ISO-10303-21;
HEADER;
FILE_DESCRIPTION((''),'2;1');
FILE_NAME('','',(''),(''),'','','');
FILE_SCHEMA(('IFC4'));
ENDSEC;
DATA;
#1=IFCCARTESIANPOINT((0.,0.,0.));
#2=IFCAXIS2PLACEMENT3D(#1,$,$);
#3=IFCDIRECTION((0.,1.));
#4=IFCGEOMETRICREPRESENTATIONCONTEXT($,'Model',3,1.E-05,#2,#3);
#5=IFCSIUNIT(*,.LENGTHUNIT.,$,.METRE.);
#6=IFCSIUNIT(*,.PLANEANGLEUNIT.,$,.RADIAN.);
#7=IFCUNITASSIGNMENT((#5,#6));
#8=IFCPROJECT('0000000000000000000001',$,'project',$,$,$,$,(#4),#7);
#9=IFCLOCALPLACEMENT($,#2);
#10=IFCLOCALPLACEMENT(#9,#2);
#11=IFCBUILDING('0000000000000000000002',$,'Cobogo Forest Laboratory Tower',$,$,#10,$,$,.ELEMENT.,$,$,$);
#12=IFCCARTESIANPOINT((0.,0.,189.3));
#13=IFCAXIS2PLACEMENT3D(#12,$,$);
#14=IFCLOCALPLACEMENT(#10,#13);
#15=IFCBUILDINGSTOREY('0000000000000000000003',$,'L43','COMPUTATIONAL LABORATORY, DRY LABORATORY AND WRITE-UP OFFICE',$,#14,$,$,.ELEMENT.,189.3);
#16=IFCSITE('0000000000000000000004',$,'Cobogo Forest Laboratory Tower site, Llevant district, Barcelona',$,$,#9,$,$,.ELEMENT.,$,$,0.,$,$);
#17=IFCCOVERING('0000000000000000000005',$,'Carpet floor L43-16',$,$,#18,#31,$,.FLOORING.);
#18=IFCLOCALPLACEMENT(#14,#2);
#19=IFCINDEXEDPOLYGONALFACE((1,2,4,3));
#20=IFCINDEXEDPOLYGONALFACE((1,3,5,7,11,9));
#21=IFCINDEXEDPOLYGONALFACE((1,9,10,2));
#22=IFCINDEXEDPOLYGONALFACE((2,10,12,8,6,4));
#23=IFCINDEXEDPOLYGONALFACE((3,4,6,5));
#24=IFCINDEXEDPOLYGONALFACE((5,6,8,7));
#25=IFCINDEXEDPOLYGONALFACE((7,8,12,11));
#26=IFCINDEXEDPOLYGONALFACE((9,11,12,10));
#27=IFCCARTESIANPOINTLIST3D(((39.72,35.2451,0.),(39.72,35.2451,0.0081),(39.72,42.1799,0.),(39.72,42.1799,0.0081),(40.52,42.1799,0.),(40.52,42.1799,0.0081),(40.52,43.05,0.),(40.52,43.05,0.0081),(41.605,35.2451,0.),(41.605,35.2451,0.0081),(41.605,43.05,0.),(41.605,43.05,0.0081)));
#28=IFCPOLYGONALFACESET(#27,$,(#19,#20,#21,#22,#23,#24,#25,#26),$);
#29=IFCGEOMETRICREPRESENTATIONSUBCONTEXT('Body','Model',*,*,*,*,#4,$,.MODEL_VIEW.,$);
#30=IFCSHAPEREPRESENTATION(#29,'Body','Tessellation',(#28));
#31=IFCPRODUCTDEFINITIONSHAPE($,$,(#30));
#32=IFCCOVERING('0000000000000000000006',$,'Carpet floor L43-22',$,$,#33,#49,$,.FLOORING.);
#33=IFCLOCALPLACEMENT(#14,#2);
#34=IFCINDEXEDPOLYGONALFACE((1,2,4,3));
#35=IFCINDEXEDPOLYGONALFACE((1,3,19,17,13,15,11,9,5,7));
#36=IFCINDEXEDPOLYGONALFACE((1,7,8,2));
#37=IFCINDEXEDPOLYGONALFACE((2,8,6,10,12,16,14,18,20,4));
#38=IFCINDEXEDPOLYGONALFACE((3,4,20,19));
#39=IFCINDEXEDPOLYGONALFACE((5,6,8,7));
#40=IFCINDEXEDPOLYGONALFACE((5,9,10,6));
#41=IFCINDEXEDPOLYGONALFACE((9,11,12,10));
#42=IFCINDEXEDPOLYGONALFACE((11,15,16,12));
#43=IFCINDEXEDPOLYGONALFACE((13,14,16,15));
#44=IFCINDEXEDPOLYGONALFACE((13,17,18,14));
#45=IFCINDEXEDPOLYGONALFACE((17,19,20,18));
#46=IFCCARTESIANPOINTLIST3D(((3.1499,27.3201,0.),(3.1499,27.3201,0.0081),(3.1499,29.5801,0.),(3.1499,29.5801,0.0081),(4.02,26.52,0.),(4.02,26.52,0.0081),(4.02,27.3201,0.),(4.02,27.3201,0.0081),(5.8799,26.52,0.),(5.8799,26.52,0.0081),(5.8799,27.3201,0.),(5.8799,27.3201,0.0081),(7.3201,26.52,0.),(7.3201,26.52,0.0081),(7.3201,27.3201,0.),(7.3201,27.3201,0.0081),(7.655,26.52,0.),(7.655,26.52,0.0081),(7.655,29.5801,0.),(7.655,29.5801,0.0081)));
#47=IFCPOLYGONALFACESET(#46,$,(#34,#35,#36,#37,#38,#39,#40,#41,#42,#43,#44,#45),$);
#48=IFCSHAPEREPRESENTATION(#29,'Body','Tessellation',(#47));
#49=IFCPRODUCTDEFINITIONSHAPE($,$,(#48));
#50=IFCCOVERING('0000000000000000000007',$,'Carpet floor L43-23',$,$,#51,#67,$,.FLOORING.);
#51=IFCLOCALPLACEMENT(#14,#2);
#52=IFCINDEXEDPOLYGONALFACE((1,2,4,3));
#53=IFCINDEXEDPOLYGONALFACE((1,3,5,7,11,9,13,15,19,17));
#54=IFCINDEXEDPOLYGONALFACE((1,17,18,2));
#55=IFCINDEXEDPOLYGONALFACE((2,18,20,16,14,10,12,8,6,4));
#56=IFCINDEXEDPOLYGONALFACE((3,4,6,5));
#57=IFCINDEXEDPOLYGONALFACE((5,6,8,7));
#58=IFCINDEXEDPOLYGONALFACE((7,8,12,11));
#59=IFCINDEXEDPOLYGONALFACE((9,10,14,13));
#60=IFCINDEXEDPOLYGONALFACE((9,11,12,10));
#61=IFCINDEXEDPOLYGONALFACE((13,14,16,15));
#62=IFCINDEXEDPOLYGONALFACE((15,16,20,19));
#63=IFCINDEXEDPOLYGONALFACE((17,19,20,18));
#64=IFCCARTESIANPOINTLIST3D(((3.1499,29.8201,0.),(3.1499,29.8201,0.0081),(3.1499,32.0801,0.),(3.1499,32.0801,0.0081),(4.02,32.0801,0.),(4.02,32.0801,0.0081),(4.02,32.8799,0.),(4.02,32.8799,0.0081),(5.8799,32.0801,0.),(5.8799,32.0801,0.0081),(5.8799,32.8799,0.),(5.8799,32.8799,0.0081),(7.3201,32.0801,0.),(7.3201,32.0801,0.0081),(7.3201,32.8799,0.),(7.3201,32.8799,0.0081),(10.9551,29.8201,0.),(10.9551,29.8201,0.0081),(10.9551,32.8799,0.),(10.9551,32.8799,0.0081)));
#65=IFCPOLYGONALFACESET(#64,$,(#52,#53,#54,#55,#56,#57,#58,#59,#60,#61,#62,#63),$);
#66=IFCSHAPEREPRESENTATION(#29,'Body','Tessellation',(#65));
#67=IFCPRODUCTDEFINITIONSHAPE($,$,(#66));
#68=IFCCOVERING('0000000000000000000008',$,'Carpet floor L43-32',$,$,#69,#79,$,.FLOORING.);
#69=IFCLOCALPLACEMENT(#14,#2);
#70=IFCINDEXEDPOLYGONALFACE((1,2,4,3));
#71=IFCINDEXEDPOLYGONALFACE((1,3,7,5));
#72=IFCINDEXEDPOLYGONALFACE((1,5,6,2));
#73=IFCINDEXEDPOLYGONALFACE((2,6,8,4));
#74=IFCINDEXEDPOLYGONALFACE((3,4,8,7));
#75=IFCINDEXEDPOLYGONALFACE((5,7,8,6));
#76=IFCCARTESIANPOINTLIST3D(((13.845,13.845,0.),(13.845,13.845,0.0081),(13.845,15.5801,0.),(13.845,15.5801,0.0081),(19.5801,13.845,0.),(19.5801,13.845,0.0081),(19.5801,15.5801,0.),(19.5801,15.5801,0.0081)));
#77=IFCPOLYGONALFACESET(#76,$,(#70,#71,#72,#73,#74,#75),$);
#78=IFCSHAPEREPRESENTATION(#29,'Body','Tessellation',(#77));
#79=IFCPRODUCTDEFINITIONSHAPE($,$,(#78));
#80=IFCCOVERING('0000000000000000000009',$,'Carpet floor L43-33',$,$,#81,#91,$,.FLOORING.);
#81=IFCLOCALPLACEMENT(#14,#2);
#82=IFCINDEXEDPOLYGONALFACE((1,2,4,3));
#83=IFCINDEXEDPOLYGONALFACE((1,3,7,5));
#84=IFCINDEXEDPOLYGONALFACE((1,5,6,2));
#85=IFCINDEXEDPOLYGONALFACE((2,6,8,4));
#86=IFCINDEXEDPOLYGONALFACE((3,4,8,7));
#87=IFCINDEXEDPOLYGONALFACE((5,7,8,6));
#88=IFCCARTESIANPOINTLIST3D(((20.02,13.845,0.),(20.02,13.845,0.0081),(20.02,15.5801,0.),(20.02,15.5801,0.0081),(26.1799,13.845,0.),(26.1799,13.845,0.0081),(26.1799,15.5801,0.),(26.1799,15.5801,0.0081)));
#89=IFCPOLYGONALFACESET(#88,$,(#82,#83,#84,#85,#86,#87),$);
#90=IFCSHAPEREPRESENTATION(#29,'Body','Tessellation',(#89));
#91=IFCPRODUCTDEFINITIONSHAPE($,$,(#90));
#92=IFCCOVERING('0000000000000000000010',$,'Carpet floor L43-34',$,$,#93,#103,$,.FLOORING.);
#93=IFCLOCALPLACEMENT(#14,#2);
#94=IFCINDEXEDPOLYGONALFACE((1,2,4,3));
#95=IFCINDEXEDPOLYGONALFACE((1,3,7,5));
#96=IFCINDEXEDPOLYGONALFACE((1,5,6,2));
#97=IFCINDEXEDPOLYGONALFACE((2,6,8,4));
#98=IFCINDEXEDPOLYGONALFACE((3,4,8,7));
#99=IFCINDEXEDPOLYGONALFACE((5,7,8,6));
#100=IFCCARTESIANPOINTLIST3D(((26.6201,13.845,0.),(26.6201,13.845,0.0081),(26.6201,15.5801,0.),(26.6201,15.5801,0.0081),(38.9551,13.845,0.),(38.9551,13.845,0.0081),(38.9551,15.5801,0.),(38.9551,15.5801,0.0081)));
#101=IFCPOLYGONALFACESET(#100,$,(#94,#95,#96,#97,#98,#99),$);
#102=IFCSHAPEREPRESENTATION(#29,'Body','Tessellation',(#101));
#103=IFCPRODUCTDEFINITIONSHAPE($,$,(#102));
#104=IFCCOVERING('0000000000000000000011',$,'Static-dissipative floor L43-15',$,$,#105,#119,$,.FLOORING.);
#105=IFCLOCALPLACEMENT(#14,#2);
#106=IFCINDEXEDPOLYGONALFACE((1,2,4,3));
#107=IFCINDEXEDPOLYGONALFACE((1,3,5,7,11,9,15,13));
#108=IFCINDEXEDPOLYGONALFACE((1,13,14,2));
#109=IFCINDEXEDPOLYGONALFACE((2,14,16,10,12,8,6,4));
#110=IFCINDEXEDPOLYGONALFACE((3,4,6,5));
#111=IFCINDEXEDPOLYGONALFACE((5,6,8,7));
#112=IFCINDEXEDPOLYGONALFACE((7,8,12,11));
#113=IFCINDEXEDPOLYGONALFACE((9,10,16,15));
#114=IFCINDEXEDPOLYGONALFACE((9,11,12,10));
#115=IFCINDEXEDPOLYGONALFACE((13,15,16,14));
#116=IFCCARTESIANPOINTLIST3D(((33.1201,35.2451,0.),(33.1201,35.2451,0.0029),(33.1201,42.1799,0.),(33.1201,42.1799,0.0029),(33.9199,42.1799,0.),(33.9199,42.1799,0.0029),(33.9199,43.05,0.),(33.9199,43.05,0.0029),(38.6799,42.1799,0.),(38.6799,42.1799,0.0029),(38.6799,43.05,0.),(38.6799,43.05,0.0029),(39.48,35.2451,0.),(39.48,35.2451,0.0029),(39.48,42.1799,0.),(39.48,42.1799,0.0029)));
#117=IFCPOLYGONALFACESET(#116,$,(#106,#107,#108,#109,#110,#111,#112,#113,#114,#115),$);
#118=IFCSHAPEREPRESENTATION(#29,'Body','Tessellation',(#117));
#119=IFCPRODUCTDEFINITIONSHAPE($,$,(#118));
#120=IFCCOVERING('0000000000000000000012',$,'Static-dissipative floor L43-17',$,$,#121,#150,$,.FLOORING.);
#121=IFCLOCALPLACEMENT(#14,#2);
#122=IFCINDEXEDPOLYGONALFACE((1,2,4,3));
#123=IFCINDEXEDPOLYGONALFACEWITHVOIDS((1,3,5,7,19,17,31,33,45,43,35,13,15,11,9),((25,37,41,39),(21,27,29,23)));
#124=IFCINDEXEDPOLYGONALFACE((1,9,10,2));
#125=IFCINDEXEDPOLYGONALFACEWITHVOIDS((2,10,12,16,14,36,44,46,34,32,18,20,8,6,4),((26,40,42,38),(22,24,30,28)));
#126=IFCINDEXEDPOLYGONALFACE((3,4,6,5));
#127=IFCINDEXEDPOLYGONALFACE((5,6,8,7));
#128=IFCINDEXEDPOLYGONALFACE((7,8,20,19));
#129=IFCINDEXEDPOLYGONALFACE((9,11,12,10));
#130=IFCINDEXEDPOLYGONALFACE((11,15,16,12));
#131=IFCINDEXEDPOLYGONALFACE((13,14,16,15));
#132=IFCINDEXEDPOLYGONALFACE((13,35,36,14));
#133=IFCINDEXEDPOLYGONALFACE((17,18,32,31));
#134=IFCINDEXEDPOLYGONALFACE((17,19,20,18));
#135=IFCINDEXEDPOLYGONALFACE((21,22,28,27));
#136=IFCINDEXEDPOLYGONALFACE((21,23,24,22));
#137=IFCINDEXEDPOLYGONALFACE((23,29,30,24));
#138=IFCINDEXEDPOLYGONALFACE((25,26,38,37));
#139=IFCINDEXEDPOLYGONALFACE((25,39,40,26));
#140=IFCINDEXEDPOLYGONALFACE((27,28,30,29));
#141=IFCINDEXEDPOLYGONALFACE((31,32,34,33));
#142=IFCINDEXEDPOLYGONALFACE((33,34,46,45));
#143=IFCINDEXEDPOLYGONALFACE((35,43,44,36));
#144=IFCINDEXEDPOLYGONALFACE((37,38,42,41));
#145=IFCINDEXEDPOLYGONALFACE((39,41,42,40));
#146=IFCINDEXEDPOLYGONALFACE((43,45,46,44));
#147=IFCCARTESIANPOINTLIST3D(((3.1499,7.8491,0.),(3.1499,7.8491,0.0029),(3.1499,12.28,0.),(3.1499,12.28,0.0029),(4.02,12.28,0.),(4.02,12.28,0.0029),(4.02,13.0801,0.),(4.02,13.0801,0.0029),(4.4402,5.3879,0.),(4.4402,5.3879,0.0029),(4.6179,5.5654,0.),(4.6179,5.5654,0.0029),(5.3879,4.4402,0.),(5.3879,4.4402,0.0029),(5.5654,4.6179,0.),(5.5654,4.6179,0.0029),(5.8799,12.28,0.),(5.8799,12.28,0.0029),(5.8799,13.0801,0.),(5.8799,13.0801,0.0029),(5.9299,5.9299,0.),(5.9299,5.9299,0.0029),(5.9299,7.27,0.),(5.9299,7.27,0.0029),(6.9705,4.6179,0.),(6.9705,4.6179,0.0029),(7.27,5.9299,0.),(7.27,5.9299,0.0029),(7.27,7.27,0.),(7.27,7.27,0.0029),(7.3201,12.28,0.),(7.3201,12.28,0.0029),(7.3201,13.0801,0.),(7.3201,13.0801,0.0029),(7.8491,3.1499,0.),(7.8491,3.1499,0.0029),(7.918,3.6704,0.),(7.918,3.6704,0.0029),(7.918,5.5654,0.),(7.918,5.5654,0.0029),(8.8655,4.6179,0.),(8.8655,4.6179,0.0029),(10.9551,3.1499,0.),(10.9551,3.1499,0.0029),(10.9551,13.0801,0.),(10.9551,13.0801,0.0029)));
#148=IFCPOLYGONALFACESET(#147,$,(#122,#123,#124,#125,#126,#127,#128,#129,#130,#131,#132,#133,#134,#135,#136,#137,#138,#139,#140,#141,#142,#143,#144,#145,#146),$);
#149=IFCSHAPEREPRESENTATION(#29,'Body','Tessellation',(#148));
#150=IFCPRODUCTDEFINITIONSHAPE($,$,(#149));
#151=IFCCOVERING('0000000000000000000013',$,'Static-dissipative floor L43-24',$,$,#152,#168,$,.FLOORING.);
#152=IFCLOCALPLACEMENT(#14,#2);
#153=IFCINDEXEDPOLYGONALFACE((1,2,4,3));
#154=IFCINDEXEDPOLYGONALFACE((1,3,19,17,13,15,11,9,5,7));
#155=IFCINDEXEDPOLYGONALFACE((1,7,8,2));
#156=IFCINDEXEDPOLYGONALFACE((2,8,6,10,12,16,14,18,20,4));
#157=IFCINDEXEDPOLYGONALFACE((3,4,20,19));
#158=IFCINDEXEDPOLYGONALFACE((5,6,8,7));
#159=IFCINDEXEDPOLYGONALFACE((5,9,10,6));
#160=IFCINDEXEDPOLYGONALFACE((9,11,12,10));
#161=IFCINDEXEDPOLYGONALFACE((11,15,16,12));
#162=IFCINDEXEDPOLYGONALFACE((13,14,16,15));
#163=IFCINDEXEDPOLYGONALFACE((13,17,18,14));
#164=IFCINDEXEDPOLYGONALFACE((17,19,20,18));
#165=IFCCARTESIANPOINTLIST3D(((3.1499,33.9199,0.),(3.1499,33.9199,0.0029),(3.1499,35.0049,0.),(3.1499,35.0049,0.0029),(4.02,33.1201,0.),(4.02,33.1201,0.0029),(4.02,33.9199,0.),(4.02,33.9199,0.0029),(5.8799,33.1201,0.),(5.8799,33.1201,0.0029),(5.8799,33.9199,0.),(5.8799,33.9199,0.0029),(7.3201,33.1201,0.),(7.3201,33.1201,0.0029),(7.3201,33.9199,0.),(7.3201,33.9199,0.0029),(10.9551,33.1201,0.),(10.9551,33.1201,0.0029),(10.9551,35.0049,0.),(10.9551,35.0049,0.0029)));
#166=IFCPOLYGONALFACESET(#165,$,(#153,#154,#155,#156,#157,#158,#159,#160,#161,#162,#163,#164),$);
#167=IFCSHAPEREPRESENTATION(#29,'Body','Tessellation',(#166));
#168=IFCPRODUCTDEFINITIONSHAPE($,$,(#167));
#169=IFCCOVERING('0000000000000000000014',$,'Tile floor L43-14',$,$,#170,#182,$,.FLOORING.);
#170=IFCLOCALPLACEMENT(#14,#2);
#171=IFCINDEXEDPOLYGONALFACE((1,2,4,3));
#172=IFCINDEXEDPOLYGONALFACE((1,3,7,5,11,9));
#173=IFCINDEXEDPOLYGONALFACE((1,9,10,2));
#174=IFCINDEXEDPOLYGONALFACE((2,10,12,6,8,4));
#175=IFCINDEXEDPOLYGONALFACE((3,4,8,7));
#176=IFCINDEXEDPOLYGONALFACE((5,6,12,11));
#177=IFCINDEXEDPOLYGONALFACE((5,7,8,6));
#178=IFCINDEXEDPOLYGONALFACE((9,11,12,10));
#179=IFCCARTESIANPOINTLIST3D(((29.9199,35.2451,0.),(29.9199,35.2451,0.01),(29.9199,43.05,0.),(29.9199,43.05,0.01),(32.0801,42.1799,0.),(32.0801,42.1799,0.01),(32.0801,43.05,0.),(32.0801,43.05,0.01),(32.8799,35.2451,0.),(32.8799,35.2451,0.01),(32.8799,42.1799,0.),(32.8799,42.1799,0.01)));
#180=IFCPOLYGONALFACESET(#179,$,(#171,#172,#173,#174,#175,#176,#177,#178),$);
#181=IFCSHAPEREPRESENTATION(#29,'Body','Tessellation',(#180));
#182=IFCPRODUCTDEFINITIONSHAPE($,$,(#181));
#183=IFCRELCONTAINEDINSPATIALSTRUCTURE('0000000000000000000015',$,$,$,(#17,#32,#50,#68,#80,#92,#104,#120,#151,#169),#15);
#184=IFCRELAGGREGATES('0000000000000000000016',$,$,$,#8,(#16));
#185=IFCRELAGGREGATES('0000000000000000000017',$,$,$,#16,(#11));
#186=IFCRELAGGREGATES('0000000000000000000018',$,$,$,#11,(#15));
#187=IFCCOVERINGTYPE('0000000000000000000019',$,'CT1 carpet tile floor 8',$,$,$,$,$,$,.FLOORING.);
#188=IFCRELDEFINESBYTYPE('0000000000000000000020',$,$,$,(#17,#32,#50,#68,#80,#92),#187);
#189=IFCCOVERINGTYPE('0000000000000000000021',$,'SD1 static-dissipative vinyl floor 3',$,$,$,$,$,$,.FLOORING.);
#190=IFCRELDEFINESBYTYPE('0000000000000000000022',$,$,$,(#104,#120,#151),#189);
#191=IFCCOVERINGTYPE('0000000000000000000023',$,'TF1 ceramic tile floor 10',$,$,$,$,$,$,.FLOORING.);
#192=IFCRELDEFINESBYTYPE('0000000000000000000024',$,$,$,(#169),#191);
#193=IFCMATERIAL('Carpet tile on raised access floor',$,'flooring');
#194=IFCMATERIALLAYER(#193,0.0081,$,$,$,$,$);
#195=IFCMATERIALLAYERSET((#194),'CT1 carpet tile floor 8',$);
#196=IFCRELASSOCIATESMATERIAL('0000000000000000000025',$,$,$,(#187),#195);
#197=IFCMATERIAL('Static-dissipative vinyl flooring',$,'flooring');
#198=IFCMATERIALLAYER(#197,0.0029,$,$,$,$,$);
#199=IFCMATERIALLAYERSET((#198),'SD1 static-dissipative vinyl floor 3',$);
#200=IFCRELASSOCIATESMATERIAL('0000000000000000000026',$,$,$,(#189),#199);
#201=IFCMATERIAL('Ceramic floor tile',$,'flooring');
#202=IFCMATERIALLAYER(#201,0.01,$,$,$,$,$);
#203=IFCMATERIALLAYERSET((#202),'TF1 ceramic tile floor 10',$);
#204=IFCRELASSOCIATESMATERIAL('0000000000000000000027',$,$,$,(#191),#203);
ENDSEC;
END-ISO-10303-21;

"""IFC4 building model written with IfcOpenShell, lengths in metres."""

from ifc_helpers import new_model, si_unit, direction, frame, origin, place, context, subcontext, project, spatial, polyline, outline, extrude, material, layer, layer_set, type_object, element, save


model = new_model("IFC4")

# Units and contexts
model_context = context("Model", 3, precision=1e-05, world=origin(), true_north=direction((0.0, 1.0)))
body_context = subcontext(model_context, "Body", "Model", "MODEL_VIEW")
ifc_project = project(units=[si_unit("LENGTHUNIT", "METRE"), si_unit("PLANEANGLEUNIT", "RADIAN")], contexts=[model_context])

# Site, building, storey
site_placement = place(None, origin())
site = spatial("IfcSite", under=ifc_project, at=site_placement, Name="Cobogo Forest Laboratory Tower site, Llevant district, Barcelona", CompositionType="ELEMENT", RefElevation=0.0)
building_placement = place(site_placement, origin())
building = spatial("IfcBuilding", under=site, at=building_placement, Name="Cobogo Forest Laboratory Tower", CompositionType="ELEMENT")
storey_placement = place(building_placement, frame((0.0, 0.0, 189.3)))
storey = spatial("IfcBuildingStorey", under=building, at=storey_placement, Name="L43", Description="COMPUTATIONAL LABORATORY, DRY LABORATORY AND WRITE-UP OFFICE", CompositionType="ELEMENT", Elevation=189.3)

# Coverings
ifc_material_1 = material(Name="Carpet tile on raised access floor", Category="flooring")
ifc_layer_1 = layer(ifc_material_1, 0.0081)
ifc_layer_set_1 = layer_set([ifc_layer_1], Name="CT1 carpet tile floor 8")
covering_type_1 = type_object("IfcCoveringType", Name="CT1 carpet tile floor 8", PredefinedType="FLOORING", material=ifc_layer_set_1)
covering_1_placement = place(storey_placement, origin())
element("IfcCovering", 1, at=covering_1_placement, inside=storey, type_object=covering_type_1, Name="Carpet floor L43-16", PredefinedType="FLOORING", context=body_context, shape_type="SweptSolid", body=[
    extrude(outline(polyline([(39.72, 35.2451), (39.72, 42.1799), (40.52, 42.1799), (40.52, 43.05), (41.605, 43.05), (41.605, 35.2451), (39.72, 35.2451)])), origin(), (0.0, 0.0, 1.0), 0.0081),
])
covering_2_placement = place(storey_placement, origin())
element("IfcCovering", 2, at=covering_2_placement, inside=storey, type_object=covering_type_1, Name="Carpet floor L43-22", PredefinedType="FLOORING", context=body_context, shape_type="SweptSolid", body=[
    extrude(outline(polyline([(7.655, 26.52), (7.3201, 26.52), (7.3201, 27.3201), (5.8799, 27.3201), (5.8799, 26.52), (4.02, 26.52), (4.02, 27.3201), (3.1499, 27.3201), (3.1499, 29.5801), (7.655, 29.5801), (7.655, 26.52)])), origin(), (0.0, 0.0, 1.0), 0.0081),
])
covering_3_placement = place(storey_placement, origin())
element("IfcCovering", 3, at=covering_3_placement, inside=storey, type_object=covering_type_1, Name="Carpet floor L43-23", PredefinedType="FLOORING", context=body_context, shape_type="SweptSolid", body=[
    extrude(outline(polyline([(10.9551, 29.8201), (3.1499, 29.8201), (3.1499, 32.0801), (4.02, 32.0801), (4.02, 32.8799), (5.8799, 32.8799), (5.8799, 32.0801), (7.3201, 32.0801), (7.3201, 32.8799), (10.9551, 32.8799), (10.9551, 29.8201)])), origin(), (0.0, 0.0, 1.0), 0.0081),
])
covering_4_placement = place(storey_placement, origin())
element("IfcCovering", 4, at=covering_4_placement, inside=storey, type_object=covering_type_1, Name="Carpet floor L43-32", PredefinedType="FLOORING", context=body_context, shape_type="SweptSolid", body=[
    extrude(outline(polyline([(19.5801, 13.845), (13.845, 13.845), (13.845, 15.5801), (19.5801, 15.5801), (19.5801, 13.845)])), origin(), (0.0, 0.0, 1.0), 0.0081),
])
covering_5_placement = place(storey_placement, origin())
element("IfcCovering", 5, at=covering_5_placement, inside=storey, type_object=covering_type_1, Name="Carpet floor L43-33", PredefinedType="FLOORING", context=body_context, shape_type="SweptSolid", body=[
    extrude(outline(polyline([(26.1799, 13.845), (20.02, 13.845), (20.02, 15.5801), (26.1799, 15.5801), (26.1799, 13.845)])), origin(), (0.0, 0.0, 1.0), 0.0081),
])
covering_6_placement = place(storey_placement, origin())
element("IfcCovering", 6, at=covering_6_placement, inside=storey, type_object=covering_type_1, Name="Carpet floor L43-34", PredefinedType="FLOORING", context=body_context, shape_type="SweptSolid", body=[
    extrude(outline(polyline([(38.9551, 13.845), (26.6201, 13.845), (26.6201, 15.5801), (38.9551, 15.5801), (38.9551, 13.845)])), origin(), (0.0, 0.0, 1.0), 0.0081),
])
ifc_material_2 = material(Name="Static-dissipative vinyl flooring", Category="flooring")
ifc_layer_2 = layer(ifc_material_2, 0.0029)
ifc_layer_set_2 = layer_set([ifc_layer_2], Name="SD1 static-dissipative vinyl floor 3")
covering_type_2 = type_object("IfcCoveringType", Name="SD1 static-dissipative vinyl floor 3", PredefinedType="FLOORING", material=ifc_layer_set_2)
covering_7_placement = place(storey_placement, origin())
element("IfcCovering", 7, at=covering_7_placement, inside=storey, type_object=covering_type_2, Name="Static-dissipative floor L43-15", PredefinedType="FLOORING", context=body_context, shape_type="SweptSolid", body=[
    extrude(outline(polyline([(33.1201, 35.2451), (33.1201, 42.1799), (33.9199, 42.1799), (33.9199, 43.05), (38.6799, 43.05), (38.6799, 42.1799), (39.48, 42.1799), (39.48, 35.2451), (33.1201, 35.2451)])), origin(), (0.0, 0.0, 1.0), 0.0029),
])
covering_8_placement = place(storey_placement, origin())
element("IfcCovering", 8, at=covering_8_placement, inside=storey, type_object=covering_type_2, Name="Static-dissipative floor L43-17", PredefinedType="FLOORING", context=body_context, shape_type="SweptSolid", body=[
    extrude(outline(polyline([(10.9551, 3.1499), (7.8491, 3.1499), (5.3879, 4.4402), (5.5654, 4.6179), (4.6179, 5.5654), (4.4402, 5.3879), (3.1499, 7.8491), (3.1499, 12.28), (4.02, 12.28), (4.02, 13.0801), (5.8799, 13.0801), (5.8799, 12.28), (7.3201, 12.28), (7.3201, 13.0801), (10.9551, 13.0801), (10.9551, 3.1499)]), holes=[polyline([(7.918, 3.6704), (8.8655, 4.6179), (7.918, 5.5654), (6.9705, 4.6179), (7.918, 3.6704)]), polyline([(5.9299, 5.9299), (7.27, 5.9299), (7.27, 7.27), (5.9299, 7.27), (5.9299, 5.9299)])]), origin(), (0.0, 0.0, 1.0), 0.0029),
])
covering_9_placement = place(storey_placement, origin())
element("IfcCovering", 9, at=covering_9_placement, inside=storey, type_object=covering_type_2, Name="Static-dissipative floor L43-24", PredefinedType="FLOORING", context=body_context, shape_type="SweptSolid", body=[
    extrude(outline(polyline([(10.9551, 33.1201), (7.3201, 33.1201), (7.3201, 33.9199), (5.8799, 33.9199), (5.8799, 33.1201), (4.02, 33.1201), (4.02, 33.9199), (3.1499, 33.9199), (3.1499, 35.0049), (10.9551, 35.0049), (10.9551, 33.1201)])), origin(), (0.0, 0.0, 1.0), 0.0029),
])
ifc_material_3 = material(Name="Ceramic floor tile", Category="flooring")
ifc_layer_3 = layer(ifc_material_3, 0.01)
ifc_layer_set_3 = layer_set([ifc_layer_3], Name="TF1 ceramic tile floor 10")
covering_type_3 = type_object("IfcCoveringType", Name="TF1 ceramic tile floor 10", PredefinedType="FLOORING", material=ifc_layer_set_3)
covering_10_placement = place(storey_placement, origin())
element("IfcCovering", 10, at=covering_10_placement, inside=storey, type_object=covering_type_3, Name="Tile floor L43-14", PredefinedType="FLOORING", context=body_context, shape_type="SweptSolid", body=[
    extrude(outline(polyline([(29.9199, 35.2451), (29.9199, 43.05), (32.0801, 43.05), (32.0801, 42.1799), (32.8799, 42.1799), (32.8799, 35.2451), (29.9199, 35.2451)])), origin(), (0.0, 0.0, 1.0), 0.01),
])

save(model, "model.ifc")
